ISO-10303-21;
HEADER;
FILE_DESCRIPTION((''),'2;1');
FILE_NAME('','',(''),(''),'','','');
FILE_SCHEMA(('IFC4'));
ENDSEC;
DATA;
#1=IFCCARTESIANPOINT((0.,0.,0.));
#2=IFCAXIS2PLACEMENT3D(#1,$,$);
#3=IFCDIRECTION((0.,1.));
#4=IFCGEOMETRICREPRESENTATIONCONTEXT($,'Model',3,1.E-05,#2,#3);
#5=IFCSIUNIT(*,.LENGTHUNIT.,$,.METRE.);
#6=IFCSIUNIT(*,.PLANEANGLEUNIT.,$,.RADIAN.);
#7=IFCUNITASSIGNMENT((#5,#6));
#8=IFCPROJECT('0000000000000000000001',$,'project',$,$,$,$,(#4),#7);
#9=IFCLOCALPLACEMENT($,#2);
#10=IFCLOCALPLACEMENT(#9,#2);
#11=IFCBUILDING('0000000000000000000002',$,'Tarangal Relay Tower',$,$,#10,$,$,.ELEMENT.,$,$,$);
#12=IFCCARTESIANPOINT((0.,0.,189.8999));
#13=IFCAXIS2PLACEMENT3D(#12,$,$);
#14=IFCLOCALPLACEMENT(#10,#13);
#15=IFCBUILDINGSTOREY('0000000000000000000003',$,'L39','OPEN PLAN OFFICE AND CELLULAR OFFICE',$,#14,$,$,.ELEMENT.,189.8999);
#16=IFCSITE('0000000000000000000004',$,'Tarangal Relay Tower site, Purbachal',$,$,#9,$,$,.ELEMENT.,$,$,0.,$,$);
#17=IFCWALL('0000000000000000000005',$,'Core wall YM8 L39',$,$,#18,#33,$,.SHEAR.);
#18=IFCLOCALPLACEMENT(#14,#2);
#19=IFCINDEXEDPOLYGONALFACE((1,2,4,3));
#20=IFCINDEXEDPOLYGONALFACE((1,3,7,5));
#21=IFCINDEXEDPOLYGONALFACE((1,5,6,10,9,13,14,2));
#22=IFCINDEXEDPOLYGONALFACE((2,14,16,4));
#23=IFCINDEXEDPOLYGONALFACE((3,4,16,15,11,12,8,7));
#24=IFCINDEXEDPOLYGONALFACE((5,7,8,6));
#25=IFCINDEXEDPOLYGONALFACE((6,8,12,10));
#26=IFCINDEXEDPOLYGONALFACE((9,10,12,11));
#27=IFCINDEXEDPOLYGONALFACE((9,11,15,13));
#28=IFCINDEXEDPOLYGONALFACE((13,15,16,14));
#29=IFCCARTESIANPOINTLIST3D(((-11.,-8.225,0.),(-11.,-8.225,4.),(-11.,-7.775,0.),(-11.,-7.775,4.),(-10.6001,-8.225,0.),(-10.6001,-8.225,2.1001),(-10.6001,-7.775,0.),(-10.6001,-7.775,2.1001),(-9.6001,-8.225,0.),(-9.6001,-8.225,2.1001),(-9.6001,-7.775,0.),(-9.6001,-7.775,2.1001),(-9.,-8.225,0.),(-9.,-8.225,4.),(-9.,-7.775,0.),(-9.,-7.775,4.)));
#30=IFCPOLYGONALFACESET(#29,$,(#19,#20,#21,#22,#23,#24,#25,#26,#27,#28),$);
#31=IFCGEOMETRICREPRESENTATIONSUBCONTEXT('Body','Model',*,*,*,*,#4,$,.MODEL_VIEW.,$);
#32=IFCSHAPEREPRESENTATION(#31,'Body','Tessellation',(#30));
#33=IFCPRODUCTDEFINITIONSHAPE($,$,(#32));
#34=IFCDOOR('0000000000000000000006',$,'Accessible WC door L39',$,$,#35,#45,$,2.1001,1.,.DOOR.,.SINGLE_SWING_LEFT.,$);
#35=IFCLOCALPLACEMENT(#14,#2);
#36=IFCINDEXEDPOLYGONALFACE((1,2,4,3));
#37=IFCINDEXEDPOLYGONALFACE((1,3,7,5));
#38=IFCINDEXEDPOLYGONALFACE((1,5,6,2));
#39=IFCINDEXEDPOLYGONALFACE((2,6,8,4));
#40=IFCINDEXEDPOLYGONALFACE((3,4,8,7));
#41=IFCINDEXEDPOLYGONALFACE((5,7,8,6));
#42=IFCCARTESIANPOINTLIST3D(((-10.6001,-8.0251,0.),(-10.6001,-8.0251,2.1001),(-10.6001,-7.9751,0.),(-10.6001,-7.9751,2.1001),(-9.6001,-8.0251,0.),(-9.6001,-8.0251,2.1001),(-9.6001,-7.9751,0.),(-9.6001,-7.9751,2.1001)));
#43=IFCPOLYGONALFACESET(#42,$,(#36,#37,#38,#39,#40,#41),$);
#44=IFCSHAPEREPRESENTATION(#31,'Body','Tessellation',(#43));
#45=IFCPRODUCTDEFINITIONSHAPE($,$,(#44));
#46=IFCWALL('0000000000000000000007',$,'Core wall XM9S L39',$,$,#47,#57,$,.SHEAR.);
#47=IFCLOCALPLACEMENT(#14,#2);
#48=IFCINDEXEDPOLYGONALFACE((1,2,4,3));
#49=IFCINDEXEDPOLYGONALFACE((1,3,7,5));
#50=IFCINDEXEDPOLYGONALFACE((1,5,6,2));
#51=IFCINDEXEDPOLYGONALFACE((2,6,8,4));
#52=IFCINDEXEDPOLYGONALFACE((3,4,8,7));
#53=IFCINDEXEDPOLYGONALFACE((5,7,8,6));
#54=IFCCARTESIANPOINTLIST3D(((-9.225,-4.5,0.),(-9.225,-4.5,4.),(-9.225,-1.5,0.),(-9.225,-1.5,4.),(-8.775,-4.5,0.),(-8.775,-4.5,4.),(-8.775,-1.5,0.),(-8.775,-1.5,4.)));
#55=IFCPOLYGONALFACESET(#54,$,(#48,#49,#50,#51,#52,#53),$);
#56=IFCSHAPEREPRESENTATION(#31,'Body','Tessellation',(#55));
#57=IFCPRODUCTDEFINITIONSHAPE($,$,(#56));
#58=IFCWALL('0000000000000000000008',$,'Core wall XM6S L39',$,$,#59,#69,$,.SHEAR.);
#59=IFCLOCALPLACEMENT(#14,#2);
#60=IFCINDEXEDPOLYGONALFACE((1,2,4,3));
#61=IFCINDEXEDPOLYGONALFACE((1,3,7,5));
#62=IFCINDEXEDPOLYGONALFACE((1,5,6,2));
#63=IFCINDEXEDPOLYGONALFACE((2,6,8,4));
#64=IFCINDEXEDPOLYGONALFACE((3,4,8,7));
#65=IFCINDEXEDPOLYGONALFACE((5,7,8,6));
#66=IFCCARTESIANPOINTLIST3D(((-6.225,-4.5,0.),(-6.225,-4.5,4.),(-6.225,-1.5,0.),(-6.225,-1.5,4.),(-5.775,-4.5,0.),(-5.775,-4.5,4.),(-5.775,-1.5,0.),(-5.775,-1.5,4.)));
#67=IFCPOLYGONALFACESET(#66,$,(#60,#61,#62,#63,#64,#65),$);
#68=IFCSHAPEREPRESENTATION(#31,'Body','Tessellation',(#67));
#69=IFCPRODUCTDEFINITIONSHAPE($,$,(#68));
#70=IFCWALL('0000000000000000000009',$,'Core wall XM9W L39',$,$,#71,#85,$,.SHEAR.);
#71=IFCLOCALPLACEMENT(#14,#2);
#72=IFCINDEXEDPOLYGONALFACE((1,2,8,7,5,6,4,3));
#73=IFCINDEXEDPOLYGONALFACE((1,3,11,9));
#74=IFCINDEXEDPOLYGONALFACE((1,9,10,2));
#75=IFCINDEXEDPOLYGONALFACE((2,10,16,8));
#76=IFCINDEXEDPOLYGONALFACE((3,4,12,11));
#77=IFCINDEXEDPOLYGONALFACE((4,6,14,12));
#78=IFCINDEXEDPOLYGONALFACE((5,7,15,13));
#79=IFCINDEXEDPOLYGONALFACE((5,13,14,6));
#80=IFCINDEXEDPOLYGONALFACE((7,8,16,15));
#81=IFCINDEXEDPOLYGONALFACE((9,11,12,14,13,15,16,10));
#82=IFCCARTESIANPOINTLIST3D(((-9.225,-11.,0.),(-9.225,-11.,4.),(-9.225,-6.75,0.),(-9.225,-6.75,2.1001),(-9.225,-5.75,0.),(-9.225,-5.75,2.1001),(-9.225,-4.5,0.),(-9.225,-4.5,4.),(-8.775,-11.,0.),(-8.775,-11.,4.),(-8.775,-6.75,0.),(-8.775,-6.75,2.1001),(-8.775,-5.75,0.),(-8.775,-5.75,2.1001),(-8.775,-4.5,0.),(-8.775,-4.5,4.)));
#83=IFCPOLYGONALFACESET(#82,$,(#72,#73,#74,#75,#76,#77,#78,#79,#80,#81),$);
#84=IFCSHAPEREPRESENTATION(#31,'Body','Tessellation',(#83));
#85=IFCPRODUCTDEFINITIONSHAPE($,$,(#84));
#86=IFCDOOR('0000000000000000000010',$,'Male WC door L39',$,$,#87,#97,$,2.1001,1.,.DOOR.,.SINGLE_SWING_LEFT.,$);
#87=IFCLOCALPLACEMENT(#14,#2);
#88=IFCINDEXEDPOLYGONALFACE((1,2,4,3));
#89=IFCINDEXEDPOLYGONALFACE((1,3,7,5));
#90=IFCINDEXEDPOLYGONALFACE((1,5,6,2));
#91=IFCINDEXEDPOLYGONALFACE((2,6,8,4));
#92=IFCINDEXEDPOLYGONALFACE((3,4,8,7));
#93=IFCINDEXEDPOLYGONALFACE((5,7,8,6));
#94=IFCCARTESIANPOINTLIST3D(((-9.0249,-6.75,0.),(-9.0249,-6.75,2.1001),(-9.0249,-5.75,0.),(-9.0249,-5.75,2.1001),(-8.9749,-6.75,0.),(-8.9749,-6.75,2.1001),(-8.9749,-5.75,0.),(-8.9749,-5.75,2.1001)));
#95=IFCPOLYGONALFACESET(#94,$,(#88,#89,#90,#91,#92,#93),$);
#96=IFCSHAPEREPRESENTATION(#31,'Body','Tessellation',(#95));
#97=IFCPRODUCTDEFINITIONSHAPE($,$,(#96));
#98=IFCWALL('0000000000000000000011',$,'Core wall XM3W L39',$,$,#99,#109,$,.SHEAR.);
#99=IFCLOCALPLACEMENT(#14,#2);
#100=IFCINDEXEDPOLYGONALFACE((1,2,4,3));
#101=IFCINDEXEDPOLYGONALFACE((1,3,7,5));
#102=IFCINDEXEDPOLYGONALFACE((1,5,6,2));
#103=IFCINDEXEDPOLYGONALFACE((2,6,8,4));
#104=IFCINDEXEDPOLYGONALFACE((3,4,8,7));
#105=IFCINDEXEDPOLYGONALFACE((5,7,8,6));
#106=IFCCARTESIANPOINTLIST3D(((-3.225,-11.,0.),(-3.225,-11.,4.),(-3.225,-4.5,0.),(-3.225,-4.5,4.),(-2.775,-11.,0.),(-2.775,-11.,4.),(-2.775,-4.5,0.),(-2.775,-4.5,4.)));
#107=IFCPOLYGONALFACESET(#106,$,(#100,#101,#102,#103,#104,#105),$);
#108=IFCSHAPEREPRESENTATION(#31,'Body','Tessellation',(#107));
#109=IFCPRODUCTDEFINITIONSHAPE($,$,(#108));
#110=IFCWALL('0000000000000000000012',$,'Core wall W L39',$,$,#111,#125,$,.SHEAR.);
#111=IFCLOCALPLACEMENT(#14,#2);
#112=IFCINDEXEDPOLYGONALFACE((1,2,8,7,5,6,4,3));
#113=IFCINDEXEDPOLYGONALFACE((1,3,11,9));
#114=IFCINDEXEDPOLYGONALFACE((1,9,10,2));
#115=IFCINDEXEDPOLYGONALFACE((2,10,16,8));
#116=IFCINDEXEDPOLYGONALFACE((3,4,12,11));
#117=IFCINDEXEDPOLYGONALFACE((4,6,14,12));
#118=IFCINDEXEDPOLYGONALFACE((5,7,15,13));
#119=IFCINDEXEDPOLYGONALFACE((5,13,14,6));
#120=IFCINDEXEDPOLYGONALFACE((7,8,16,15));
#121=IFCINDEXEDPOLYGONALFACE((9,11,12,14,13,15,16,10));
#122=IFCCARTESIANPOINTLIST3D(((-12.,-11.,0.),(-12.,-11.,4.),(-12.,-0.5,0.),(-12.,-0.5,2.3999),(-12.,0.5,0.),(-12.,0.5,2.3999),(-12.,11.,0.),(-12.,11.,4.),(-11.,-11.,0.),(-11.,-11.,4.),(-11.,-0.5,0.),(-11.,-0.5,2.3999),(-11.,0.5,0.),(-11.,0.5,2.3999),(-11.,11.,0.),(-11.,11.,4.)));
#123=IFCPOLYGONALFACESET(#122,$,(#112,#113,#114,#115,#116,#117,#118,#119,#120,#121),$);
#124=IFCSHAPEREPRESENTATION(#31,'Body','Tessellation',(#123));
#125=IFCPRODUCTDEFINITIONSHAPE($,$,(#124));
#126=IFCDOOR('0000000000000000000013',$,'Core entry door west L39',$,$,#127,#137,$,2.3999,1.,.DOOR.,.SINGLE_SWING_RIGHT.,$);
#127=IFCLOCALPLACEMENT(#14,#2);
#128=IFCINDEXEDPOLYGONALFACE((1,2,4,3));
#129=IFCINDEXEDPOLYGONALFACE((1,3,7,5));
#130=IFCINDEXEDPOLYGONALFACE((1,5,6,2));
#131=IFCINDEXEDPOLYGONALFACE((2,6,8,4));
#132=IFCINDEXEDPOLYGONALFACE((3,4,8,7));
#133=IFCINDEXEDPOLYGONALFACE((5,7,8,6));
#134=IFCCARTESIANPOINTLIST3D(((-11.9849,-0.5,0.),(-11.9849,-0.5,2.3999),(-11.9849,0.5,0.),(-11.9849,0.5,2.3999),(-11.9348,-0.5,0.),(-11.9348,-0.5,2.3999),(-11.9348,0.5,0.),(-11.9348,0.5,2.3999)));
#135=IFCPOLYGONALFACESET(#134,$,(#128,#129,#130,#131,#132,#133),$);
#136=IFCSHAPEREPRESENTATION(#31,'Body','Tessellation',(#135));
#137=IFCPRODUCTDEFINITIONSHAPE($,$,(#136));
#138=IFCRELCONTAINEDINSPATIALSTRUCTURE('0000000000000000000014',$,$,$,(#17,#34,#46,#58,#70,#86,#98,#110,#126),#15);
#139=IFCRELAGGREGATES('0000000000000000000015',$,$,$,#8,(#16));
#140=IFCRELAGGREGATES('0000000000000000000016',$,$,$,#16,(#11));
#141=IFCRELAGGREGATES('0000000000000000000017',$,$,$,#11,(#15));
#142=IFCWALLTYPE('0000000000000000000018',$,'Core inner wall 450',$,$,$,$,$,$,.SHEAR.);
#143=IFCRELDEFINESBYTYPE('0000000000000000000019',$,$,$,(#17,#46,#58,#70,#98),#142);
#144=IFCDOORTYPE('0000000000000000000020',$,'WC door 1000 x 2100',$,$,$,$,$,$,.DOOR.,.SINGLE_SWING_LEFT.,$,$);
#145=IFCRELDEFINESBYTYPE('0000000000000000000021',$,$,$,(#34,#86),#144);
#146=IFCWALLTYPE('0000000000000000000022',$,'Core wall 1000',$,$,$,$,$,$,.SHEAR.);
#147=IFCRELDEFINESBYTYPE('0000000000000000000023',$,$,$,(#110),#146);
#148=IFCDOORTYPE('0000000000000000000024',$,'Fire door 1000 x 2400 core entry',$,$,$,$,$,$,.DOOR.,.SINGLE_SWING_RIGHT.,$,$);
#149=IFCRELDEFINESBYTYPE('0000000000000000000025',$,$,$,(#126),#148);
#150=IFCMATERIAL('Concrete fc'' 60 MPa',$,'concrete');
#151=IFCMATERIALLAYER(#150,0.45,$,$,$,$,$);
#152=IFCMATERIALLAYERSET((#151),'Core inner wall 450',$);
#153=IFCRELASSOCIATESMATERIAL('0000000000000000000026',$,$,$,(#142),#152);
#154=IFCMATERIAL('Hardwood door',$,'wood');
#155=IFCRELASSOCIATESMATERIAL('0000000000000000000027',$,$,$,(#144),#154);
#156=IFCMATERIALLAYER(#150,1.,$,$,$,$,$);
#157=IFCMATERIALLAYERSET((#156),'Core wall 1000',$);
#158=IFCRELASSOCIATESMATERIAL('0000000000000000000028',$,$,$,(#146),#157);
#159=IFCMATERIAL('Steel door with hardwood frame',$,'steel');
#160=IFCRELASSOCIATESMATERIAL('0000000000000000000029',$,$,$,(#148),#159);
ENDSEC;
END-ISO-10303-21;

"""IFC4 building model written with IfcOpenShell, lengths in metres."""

from ifc_helpers import new_model, si_unit, direction, frame, frame_2d, origin, place, context, subcontext, project, spatial, rectangle, extrude, material, layer, layer_set, type_object, element, fill, save


model = new_model("IFC4")

# Units and contexts
model_context = context("Model", 3, precision=1e-05, world=origin(), true_north=direction((0.0, 1.0)))
body_context = subcontext(model_context, "Body", "Model", "MODEL_VIEW")
ifc_project = project(units=[si_unit("LENGTHUNIT", "METRE"), si_unit("PLANEANGLEUNIT", "RADIAN")], contexts=[model_context])

# Site, building, storey
site_placement = place(None, origin())
site = spatial("IfcSite", under=ifc_project, at=site_placement, Name="Tarangal Relay Tower site, Purbachal", CompositionType="ELEMENT", RefElevation=0.0)
building_placement = place(site_placement, origin())
building = spatial("IfcBuilding", under=site, at=building_placement, Name="Tarangal Relay Tower", CompositionType="ELEMENT")
storey_placement = place(building_placement, frame((0.0, 0.0, 189.8999)))
storey = spatial("IfcBuildingStorey", under=building, at=storey_placement, Name="L39", Description="OPEN PLAN OFFICE AND CELLULAR OFFICE", CompositionType="ELEMENT", Elevation=189.8999)

# Shared definitions
ifc_material_1 = material(Name="Concrete fc' 60 MPa", Category="concrete")
ifc_layer_1 = layer(ifc_material_1, 0.45)
ifc_layer_set_1 = layer_set([ifc_layer_1], Name="Core inner wall 450")
wall_type_1 = type_object("IfcWallType", Name="Core inner wall 450", PredefinedType="SHEAR", material=ifc_layer_set_1)
ifc_material_2 = material(Name="Steel door with hardwood frame", Category="steel")

# Wall, opening, door
wall_1_placement = place(storey_placement, frame((-11.0, -8.0, 0.0), z_axis=(0.0, 0.0, 1.0), x_axis=(1.0, 0.0, 0.0)))
wall_1 = element("IfcWall", 1, at=wall_1_placement, inside=storey, type_object=wall_type_1, Name="Core wall YM8 L39", PredefinedType="SHEAR", context=body_context, shape_type="SweptSolid", body=[
    extrude(rectangle(XDim=2.0, YDim=0.45, at=frame_2d((1.0, 0.0))), origin(), (0.0, 0.0, 1.0), 4.0),
])
opening_1_placement = place(wall_1_placement, frame((0.3999, 0.0, 0.0)))
opening_1 = element("IfcOpeningElement", 2, at=opening_1_placement, cuts=wall_1, PredefinedType="OPENING", context=body_context, shape_type="SweptSolid", body=[
    extrude(rectangle(XDim=1.0, YDim=2.1001, at=frame_2d((0.5, 1.05))), frame((0.0, 0.2349, 0.0), z_axis=(0.0, -1.0, 0.0), x_axis=(1.0, 0.0, 0.0)), (0.0, 0.0, 1.0), 0.47),
])
ifc_material_3 = material(Name="Hardwood door", Category="wood")
door_type_1 = type_object("IfcDoorType", Name="WC door 1000 x 2100", OperationType="SINGLE_SWING_LEFT", PredefinedType="DOOR", material=ifc_material_3)
door_1_placement = place(opening_1_placement, origin())
door_1 = element("IfcDoor", 3, at=door_1_placement, inside=storey, type_object=door_type_1, Name="Accessible WC door L39", OperationType="SINGLE_SWING_LEFT", OverallHeight=2.1001, OverallWidth=1.0, PredefinedType="DOOR", context=body_context, shape_type="SweptSolid", body=[
    extrude(rectangle(XDim=1.0, YDim=2.1001, at=frame_2d((0.5, 1.05))), frame((0.0, 0.0249, 0.0), z_axis=(0.0, -1.0, 0.0), x_axis=(1.0, 0.0, 0.0)), (0.0, 0.0, 1.0), 0.05),
])
fill(opening_1, door_1)

# Walls
for number, where, z_axis, x_axis, name in (
    (4, (-9.0, -4.5, 0.0), (0.0, 0.0, 1.0), (0.0, 1.0, 0.0), "Core wall XM9S L39"),
    (5, (-6.0, -4.5, 0.0), (0.0, 0.0, 1.0), (0.0, 1.0, 0.0), "Core wall XM6S L39"),
):
    element("IfcWall", number, at=place(storey_placement, frame(where, z_axis=z_axis, x_axis=x_axis)), inside=storey, type_object=wall_type_1, Name=name, PredefinedType="SHEAR", context=body_context, shape_type="SweptSolid", body=[
        extrude(rectangle(XDim=3.0, YDim=0.45, at=frame_2d((1.5, 0.0))), origin(), (0.0, 0.0, 1.0), 4.0),
    ])

# Wall, opening, door
wall_2_placement = place(storey_placement, frame((-9.0, -11.0, 0.0), z_axis=(0.0, 0.0, 1.0), x_axis=(0.0, 1.0, 0.0)))
wall_2 = element("IfcWall", 6, at=wall_2_placement, inside=storey, type_object=wall_type_1, Name="Core wall XM9W L39", PredefinedType="SHEAR", context=body_context, shape_type="SweptSolid", body=[
    extrude(rectangle(XDim=6.5, YDim=0.45, at=frame_2d((3.25, 0.0))), origin(), (0.0, 0.0, 1.0), 4.0),
])
opening_2_placement = place(wall_2_placement, frame((4.25, 0.0, 0.0)))
opening_2 = element("IfcOpeningElement", 7, at=opening_2_placement, cuts=wall_2, PredefinedType="OPENING", context=body_context, shape_type="SweptSolid", body=[
    extrude(rectangle(XDim=1.0, YDim=2.1001, at=frame_2d((0.5, 1.05))), frame((0.0, 0.2349, 0.0), z_axis=(0.0, -1.0, 0.0), x_axis=(1.0, 0.0, 0.0)), (0.0, 0.0, 1.0), 0.47),
])
door_2_placement = place(opening_2_placement, origin())
door_2 = element("IfcDoor", 8, at=door_2_placement, inside=storey, type_object=door_type_1, Name="Male WC door L39", OperationType="SINGLE_SWING_LEFT", OverallHeight=2.1001, OverallWidth=1.0, PredefinedType="DOOR", context=body_context, shape_type="SweptSolid", body=[
    extrude(rectangle(XDim=1.0, YDim=2.1001, at=frame_2d((0.5, 1.05))), frame((0.0, 0.0249, 0.0), z_axis=(0.0, -1.0, 0.0), x_axis=(1.0, 0.0, 0.0)), (0.0, 0.0, 1.0), 0.05),
])
fill(opening_2, door_2)

# Wall
wall_3_placement = place(storey_placement, frame((-3.0, -11.0, 0.0), z_axis=(0.0, 0.0, 1.0), x_axis=(0.0, 1.0, 0.0)))
element("IfcWall", 9, at=wall_3_placement, inside=storey, type_object=wall_type_1, Name="Core wall XM3W L39", PredefinedType="SHEAR", context=body_context, shape_type="SweptSolid", body=[
    extrude(rectangle(XDim=6.5, YDim=0.45, at=frame_2d((3.25, 0.0))), origin(), (0.0, 0.0, 1.0), 4.0),
])

# Wall, opening, door
ifc_layer_2 = layer(ifc_material_1, 1.0)
ifc_layer_set_2 = layer_set([ifc_layer_2], Name="Core wall 1000")
wall_type_2 = type_object("IfcWallType", Name="Core wall 1000", PredefinedType="SHEAR", material=ifc_layer_set_2)
wall_4_placement = place(storey_placement, frame((-11.5, -11.0, 0.0), z_axis=(0.0, 0.0, 1.0), x_axis=(0.0, 1.0, 0.0)))
wall_4 = element("IfcWall", 10, at=wall_4_placement, inside=storey, type_object=wall_type_2, Name="Core wall W L39", PredefinedType="SHEAR", context=body_context, shape_type="SweptSolid", body=[
    extrude(rectangle(XDim=22.0, YDim=1.0, at=frame_2d((11.0, 0.0))), origin(), (0.0, 0.0, 1.0), 4.0),
])
opening_3_placement = place(wall_4_placement, frame((10.5, 0.0, 0.0)))
opening_3 = element("IfcOpeningElement", 11, at=opening_3_placement, cuts=wall_4, PredefinedType="OPENING", context=body_context, shape_type="SweptSolid", body=[
    extrude(rectangle(XDim=1.0, YDim=2.3999, at=frame_2d((0.5, 1.2))), frame((0.0, 0.51, 0.0), z_axis=(0.0, -1.0, 0.0), x_axis=(1.0, 0.0, 0.0)), (0.0, 0.0, 1.0), 1.02),
])
door_type_2 = type_object("IfcDoorType", Name="Fire door 1000 x 2400 core entry", OperationType="SINGLE_SWING_RIGHT", PredefinedType="DOOR", material=ifc_material_2)
door_3_placement = place(opening_3_placement, origin())
door_3 = element("IfcDoor", 12, at=door_3_placement, inside=storey, type_object=door_type_2, Name="Core entry door west L39", OperationType="SINGLE_SWING_RIGHT", OverallHeight=2.3999, OverallWidth=1.0, PredefinedType="DOOR", context=body_context, shape_type="SweptSolid", body=[
    extrude(rectangle(XDim=1.0, YDim=2.3999, at=frame_2d((0.5, 1.2))), frame((0.0, 0.4849, 0.0), z_axis=(0.0, -1.0, 0.0), x_axis=(1.0, 0.0, 0.0)), (0.0, 0.0, 1.0), 0.05),
])
fill(opening_3, door_3)

save(model, "model.ifc")
